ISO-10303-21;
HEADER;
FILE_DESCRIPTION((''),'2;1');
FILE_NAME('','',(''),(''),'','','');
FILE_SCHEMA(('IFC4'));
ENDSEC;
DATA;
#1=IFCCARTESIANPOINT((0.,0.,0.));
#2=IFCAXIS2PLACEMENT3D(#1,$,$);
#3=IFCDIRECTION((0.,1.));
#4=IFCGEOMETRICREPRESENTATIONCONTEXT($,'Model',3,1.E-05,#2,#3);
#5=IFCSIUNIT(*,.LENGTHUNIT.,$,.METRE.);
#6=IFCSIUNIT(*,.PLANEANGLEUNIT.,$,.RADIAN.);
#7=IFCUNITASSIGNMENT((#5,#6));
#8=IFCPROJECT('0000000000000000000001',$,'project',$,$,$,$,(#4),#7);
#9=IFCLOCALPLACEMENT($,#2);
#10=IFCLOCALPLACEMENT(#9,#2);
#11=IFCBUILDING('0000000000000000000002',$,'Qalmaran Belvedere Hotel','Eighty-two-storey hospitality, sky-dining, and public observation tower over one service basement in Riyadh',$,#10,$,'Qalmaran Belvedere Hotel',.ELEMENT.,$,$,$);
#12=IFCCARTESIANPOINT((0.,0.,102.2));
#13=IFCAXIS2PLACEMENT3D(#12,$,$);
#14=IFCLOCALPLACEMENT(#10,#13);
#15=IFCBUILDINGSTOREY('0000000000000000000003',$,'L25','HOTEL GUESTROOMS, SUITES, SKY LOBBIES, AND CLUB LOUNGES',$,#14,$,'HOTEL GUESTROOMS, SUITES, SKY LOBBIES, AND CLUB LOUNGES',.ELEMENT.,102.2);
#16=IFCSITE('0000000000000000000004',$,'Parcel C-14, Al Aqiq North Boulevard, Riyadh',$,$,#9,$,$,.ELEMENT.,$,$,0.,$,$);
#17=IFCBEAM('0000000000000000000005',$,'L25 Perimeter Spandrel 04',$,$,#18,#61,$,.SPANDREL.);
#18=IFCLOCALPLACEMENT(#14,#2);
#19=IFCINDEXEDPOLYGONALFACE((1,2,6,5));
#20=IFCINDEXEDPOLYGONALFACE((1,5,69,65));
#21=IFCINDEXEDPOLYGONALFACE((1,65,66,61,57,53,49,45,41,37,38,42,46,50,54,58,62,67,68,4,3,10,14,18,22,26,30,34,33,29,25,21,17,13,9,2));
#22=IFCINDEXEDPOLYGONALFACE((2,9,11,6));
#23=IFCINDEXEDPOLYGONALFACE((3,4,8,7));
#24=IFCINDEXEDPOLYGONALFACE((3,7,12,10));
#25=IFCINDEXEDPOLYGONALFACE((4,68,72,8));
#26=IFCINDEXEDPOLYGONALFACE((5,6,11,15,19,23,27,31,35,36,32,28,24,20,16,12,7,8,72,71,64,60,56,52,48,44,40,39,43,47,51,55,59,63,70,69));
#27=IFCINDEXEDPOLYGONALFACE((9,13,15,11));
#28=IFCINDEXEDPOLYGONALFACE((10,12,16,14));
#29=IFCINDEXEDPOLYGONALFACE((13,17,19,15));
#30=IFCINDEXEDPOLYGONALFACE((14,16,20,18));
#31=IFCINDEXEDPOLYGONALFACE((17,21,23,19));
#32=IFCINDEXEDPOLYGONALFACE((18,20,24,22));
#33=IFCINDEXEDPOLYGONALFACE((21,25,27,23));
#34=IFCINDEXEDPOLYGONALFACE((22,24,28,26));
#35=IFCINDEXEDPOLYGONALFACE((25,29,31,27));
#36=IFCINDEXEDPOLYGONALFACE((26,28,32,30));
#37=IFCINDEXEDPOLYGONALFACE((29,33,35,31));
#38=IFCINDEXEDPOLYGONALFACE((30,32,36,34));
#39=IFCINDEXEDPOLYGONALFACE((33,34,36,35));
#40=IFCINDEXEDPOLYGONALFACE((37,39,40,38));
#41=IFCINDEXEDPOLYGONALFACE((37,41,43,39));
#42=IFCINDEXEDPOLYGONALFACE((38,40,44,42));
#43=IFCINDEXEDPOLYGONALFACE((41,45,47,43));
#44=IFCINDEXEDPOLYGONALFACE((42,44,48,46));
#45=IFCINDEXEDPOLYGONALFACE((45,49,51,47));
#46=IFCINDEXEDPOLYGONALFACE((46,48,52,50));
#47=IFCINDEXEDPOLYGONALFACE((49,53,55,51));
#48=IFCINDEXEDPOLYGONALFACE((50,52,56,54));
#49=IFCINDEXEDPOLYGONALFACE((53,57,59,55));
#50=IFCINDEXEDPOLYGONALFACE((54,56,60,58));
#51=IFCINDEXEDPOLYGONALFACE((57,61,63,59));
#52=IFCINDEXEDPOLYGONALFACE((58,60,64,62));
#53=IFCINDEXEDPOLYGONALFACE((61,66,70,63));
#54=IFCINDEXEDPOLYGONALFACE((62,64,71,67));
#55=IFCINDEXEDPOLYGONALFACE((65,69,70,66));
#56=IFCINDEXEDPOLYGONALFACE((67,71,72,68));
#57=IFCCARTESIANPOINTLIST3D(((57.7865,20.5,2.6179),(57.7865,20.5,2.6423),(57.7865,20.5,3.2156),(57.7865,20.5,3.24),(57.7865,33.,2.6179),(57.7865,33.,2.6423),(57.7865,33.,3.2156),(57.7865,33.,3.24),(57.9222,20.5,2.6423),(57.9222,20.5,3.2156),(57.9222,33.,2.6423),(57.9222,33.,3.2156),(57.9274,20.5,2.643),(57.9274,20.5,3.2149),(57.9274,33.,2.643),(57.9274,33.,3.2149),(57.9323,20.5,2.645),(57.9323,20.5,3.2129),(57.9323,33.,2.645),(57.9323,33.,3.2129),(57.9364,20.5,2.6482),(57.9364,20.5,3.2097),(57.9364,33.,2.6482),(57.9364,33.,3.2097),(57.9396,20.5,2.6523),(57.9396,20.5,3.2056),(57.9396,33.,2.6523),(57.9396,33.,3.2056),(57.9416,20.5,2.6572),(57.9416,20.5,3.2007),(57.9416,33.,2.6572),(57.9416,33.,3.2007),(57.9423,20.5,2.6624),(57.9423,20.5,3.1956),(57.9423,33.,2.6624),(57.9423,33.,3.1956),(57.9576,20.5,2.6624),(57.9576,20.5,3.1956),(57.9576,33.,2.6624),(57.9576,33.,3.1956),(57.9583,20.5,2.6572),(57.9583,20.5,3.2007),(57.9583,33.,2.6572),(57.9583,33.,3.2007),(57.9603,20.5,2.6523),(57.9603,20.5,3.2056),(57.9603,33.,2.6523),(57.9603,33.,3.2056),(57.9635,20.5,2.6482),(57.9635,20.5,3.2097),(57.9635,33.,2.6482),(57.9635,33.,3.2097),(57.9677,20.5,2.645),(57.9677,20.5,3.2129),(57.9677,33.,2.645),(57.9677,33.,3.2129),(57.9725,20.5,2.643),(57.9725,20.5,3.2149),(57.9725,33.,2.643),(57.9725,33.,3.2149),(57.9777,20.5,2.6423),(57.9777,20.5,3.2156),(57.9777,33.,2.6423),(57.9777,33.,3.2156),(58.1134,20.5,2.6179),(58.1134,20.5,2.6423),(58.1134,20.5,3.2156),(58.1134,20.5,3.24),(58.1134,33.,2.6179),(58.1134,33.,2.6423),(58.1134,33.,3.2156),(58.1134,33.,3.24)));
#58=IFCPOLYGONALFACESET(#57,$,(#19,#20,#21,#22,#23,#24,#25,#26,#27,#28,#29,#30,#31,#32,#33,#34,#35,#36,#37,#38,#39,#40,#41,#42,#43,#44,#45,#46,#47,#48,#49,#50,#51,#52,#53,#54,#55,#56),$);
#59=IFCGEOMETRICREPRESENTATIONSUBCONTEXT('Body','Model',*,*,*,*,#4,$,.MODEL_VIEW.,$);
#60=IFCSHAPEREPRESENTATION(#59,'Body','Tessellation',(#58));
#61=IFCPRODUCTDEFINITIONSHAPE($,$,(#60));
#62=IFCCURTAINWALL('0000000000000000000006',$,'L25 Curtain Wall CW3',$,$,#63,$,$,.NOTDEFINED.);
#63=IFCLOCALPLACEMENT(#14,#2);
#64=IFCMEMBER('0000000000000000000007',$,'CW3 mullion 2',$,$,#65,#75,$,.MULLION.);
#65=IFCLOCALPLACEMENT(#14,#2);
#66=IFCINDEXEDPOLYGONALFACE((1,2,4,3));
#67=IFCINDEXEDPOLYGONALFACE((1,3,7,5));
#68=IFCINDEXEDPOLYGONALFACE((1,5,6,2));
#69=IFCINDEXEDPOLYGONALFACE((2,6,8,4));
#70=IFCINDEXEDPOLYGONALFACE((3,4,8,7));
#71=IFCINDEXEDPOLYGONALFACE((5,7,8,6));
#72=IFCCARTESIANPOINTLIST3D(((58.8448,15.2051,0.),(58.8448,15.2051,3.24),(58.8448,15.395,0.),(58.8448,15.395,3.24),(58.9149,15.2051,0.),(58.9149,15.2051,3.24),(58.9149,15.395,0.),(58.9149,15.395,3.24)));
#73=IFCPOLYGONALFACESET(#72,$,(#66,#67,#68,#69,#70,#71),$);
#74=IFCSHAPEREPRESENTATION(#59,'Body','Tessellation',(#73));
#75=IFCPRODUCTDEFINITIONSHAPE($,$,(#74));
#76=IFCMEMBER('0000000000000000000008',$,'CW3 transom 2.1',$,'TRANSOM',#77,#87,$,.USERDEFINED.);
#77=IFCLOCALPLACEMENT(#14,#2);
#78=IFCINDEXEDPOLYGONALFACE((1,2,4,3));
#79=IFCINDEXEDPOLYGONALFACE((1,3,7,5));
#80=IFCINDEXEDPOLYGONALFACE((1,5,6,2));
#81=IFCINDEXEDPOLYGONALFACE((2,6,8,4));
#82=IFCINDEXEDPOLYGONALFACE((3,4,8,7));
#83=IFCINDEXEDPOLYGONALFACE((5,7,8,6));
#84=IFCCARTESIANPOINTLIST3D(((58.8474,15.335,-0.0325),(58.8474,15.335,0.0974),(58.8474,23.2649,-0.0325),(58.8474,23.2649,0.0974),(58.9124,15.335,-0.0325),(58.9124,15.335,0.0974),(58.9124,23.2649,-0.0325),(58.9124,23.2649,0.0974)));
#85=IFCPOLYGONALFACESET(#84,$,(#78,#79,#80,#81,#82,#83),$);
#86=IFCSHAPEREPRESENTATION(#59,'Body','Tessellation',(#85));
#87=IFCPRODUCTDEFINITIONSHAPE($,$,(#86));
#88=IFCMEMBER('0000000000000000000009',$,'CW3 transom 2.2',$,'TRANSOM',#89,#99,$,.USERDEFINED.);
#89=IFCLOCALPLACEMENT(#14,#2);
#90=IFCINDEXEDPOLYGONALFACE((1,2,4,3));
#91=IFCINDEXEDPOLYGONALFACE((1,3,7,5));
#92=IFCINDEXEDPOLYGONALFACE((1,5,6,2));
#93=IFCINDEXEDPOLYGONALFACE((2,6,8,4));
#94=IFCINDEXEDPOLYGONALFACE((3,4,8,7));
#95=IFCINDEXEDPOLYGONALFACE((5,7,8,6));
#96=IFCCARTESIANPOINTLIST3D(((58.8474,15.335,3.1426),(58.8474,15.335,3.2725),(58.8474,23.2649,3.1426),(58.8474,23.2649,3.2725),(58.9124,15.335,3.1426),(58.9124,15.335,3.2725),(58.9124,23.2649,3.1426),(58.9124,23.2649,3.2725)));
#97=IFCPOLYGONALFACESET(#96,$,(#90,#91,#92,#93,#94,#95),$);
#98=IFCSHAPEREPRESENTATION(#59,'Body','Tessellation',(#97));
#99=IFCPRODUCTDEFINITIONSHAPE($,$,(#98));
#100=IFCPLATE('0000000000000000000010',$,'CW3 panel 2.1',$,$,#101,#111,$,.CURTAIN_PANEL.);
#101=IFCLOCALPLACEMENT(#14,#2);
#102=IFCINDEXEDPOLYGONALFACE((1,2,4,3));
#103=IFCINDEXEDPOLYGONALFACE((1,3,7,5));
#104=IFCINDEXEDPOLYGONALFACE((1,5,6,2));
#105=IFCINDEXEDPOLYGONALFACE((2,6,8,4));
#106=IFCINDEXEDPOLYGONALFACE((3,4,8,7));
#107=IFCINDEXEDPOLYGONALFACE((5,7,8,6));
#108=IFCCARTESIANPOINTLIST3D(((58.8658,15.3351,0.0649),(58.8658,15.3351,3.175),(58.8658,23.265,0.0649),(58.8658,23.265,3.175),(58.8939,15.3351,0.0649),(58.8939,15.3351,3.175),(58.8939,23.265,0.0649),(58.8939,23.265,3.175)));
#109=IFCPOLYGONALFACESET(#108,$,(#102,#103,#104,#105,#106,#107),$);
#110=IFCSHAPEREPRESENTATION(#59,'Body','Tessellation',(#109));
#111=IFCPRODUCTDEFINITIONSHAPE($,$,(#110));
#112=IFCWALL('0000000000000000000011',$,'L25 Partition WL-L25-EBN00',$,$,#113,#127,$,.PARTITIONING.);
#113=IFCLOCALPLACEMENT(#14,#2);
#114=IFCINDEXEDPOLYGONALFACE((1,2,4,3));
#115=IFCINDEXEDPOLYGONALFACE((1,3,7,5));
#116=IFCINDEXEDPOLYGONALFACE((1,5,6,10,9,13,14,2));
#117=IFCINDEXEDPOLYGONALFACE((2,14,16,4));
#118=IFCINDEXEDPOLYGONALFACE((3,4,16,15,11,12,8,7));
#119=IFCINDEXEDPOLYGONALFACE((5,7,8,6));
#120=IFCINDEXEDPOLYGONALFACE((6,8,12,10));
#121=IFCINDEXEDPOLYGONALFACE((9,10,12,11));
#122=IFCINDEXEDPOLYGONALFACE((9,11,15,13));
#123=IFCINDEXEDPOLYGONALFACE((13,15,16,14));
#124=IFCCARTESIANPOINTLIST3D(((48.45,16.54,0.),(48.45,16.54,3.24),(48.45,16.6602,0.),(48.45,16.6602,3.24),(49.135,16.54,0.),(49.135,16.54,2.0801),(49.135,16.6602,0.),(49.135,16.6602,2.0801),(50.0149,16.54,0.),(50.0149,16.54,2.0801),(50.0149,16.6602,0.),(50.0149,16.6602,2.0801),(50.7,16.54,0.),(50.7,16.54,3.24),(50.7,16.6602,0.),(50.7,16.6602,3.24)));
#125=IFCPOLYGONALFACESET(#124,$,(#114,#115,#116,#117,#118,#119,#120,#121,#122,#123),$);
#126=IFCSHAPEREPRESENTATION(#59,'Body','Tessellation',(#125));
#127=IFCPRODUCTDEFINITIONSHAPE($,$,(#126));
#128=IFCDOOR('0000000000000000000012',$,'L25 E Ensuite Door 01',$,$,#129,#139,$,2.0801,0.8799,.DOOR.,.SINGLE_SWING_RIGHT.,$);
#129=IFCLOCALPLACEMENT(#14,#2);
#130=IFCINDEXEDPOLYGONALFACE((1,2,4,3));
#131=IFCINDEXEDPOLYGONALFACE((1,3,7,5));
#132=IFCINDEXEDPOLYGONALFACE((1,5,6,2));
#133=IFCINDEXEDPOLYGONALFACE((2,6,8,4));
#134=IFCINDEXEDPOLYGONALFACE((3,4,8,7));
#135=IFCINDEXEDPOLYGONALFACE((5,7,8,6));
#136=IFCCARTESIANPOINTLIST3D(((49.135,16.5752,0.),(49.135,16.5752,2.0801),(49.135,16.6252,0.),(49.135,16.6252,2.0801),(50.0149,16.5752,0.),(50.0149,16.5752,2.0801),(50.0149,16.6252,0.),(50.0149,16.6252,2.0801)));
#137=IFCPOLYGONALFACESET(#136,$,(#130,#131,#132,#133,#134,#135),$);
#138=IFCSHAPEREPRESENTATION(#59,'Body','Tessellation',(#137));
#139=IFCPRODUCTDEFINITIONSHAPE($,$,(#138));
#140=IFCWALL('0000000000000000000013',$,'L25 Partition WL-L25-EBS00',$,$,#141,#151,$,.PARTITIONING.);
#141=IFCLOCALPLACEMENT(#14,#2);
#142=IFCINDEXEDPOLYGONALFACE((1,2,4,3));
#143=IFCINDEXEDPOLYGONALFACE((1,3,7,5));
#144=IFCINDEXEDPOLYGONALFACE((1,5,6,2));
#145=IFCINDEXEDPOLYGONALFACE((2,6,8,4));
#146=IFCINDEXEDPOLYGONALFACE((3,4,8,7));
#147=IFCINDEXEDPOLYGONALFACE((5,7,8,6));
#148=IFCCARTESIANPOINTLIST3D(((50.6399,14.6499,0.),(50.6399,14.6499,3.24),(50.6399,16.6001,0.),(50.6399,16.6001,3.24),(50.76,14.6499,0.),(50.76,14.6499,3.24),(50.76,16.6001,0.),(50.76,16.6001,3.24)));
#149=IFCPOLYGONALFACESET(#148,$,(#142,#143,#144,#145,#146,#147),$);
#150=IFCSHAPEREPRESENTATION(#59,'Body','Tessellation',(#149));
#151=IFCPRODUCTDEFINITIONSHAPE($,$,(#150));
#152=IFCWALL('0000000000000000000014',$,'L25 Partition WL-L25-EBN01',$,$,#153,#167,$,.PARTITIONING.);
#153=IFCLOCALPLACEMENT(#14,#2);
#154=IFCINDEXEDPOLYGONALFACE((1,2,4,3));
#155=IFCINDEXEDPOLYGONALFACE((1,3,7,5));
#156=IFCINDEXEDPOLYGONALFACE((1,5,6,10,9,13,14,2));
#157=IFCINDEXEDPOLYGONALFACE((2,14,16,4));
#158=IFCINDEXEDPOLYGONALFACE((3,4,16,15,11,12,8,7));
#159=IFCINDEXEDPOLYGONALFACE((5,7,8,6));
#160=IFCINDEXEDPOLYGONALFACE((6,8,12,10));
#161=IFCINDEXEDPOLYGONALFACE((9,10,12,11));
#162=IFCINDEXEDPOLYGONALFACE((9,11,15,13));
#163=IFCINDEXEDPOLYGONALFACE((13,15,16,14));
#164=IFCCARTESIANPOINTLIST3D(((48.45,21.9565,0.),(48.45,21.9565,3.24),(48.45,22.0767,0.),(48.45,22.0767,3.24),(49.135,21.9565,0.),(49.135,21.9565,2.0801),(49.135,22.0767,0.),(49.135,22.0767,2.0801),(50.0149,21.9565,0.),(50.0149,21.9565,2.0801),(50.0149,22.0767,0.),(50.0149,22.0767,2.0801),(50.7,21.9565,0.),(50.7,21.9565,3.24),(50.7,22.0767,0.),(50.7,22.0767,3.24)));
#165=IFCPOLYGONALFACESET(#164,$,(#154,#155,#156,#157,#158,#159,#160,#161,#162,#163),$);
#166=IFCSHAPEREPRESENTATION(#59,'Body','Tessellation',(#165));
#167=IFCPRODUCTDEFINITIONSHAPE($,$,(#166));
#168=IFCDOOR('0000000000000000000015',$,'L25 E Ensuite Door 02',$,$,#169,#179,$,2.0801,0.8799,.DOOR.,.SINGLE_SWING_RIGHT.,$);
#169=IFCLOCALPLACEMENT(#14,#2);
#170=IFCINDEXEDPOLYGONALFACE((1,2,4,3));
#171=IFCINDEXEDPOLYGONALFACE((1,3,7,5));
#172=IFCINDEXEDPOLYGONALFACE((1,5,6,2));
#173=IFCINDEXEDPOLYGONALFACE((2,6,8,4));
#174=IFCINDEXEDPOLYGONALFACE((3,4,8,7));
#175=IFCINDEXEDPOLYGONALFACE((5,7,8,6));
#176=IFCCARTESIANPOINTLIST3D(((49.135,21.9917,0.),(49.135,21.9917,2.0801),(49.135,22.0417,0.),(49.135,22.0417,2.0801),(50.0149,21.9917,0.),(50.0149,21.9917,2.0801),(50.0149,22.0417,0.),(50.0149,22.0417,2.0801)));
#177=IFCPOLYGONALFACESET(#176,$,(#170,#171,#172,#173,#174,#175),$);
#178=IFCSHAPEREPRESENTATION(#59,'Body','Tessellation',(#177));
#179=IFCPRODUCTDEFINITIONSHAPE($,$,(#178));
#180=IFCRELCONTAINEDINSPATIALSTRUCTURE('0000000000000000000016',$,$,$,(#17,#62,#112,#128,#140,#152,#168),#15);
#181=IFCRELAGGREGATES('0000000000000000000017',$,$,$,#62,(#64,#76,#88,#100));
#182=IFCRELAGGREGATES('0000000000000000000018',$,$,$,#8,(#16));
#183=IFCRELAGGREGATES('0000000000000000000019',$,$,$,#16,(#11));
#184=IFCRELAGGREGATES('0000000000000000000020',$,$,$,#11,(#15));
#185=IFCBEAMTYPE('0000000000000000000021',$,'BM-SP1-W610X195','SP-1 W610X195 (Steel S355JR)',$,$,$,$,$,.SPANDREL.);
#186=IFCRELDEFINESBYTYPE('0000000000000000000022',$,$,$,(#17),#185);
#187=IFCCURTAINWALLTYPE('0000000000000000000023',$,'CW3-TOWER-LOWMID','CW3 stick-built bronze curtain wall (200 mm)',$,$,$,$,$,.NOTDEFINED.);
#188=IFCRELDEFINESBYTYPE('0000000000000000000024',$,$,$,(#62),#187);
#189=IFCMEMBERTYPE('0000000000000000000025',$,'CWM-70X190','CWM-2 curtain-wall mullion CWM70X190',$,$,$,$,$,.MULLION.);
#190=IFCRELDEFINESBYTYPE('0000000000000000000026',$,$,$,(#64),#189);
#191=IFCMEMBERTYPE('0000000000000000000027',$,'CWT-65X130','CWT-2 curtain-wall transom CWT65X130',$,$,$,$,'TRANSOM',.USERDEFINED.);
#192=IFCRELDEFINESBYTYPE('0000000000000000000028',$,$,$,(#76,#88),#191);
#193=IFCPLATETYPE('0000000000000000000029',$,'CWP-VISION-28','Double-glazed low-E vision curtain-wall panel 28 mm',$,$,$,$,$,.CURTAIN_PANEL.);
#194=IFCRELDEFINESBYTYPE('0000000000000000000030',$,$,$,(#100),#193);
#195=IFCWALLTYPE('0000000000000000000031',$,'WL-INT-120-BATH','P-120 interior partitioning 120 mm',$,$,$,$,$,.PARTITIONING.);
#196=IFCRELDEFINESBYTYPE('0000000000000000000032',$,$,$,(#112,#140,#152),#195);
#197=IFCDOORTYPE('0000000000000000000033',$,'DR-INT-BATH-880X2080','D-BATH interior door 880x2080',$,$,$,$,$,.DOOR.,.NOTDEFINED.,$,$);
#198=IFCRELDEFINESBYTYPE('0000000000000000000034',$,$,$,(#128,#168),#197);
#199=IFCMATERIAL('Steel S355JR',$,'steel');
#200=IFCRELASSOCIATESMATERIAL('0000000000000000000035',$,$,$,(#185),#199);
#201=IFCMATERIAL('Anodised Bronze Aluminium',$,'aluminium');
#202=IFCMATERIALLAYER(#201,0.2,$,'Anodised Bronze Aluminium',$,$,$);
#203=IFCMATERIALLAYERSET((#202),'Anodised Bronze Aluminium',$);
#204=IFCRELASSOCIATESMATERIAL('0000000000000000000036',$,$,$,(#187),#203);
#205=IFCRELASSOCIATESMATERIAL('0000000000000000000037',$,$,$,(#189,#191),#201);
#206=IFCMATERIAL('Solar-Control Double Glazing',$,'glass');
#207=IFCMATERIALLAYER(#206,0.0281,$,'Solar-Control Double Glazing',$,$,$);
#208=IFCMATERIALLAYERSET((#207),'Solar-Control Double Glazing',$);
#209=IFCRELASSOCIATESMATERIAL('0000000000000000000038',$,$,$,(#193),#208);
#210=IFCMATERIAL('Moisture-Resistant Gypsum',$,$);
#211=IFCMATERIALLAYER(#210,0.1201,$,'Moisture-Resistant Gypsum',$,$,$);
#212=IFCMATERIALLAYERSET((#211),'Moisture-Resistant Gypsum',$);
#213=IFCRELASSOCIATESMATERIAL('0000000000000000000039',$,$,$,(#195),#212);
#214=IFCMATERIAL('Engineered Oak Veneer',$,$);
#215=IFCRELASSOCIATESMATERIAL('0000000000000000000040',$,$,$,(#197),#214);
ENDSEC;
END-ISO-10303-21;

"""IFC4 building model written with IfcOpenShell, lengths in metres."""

from ifc_helpers import new_model, si_unit, direction, frame, frame_2d, origin, origin_2d, place, context, subcontext, project, spatial, rectangle, i_section, extrude, material, layer, layer_set, material_profile, profile_set, type_object, element, fill, aggregate, save


model = new_model("IFC4")

# Units and contexts
model_context = context("Model", 3, precision=1e-05, world=origin(), true_north=direction((0.0, 1.0)))
body_context = subcontext(model_context, "Body", "Model", "MODEL_VIEW")
ifc_project = project(units=[si_unit("LENGTHUNIT", "METRE"), si_unit("PLANEANGLEUNIT", "RADIAN")], contexts=[model_context])

# Site, building, storey
site_placement = place(None, origin())
site = spatial("IfcSite", under=ifc_project, at=site_placement, Name="Parcel C-14, Al Aqiq North Boulevard, Riyadh", CompositionType="ELEMENT", RefElevation=0.0)
building_placement = place(site_placement, origin())
building = spatial("IfcBuilding", under=site, at=building_placement, Name="Qalmaran Belvedere Hotel", Description="Eighty-two-storey hospitality, sky-dining, and public observation tower over one service basement in Riyadh", LongName="Qalmaran Belvedere Hotel", CompositionType="ELEMENT")
storey_placement = place(building_placement, frame((0.0, 0.0, 102.2)))
storey = spatial("IfcBuildingStorey", under=building, at=storey_placement, Name="L25", Description="HOTEL GUESTROOMS, SUITES, SKY LOBBIES, AND CLUB LOUNGES", LongName="HOTEL GUESTROOMS, SUITES, SKY LOBBIES, AND CLUB LOUNGES", CompositionType="ELEMENT", Elevation=102.2)

# Beam
ifc_material_1 = material(Name="Steel S355JR", Category="steel")
ifc_material_profile_1 = material_profile(ifc_material_1, i_section(OverallWidth=0.3269, OverallDepth=0.6221, WebThickness=0.0154, FlangeThickness=0.0244, FilletRadius=0.02, at=origin_2d()), Name="W610X195")
ifc_profile_set_1 = profile_set([ifc_material_profile_1], Name="Steel S355JR")
beam_type_1 = type_object("IfcBeamType", Name="BM-SP1-W610X195", Description="SP-1 W610X195 (Steel S355JR)", PredefinedType="SPANDREL", material=ifc_profile_set_1)
beam_1_placement = place(storey_placement, frame((57.95, 20.5, 2.929), z_axis=(0.0, 1.0, 0.0), x_axis=(-1.0, 0.0, 0.0)))
element("IfcBeam", 1, at=beam_1_placement, inside=storey, type_object=beam_type_1, Name="L25 Perimeter Spandrel 04", PredefinedType="SPANDREL", context=body_context, shape_type="SweptSolid", body=[
    extrude(i_section(OverallWidth=0.3269, OverallDepth=0.6221, WebThickness=0.0154, FlangeThickness=0.0244, FilletRadius=0.02, at=origin_2d()), origin(), (0.0, 0.0, 1.0), 12.5),
])

# Curtain wall, members, plate
ifc_material_2 = material(Name="Anodised Bronze Aluminium", Category="aluminium")
ifc_layer_1 = layer(ifc_material_2, 0.2, Name="Anodised Bronze Aluminium")
ifc_layer_set_1 = layer_set([ifc_layer_1], Name="Anodised Bronze Aluminium")
curtain_wall_type = type_object("IfcCurtainWallType", Name="CW3-TOWER-LOWMID", Description="CW3 stick-built bronze curtain wall (200 mm)", PredefinedType="NOTDEFINED", material=ifc_layer_set_1)
curtain_wall_placement = place(storey_placement, origin())
curtain_wall = element("IfcCurtainWall", 2, at=curtain_wall_placement, inside=storey, type_object=curtain_wall_type, Name="L25 Curtain Wall CW3", PredefinedType="NOTDEFINED")
ifc_material_profile_2 = material_profile(ifc_material_2, rectangle(XDim=0.0701, YDim=0.1899, at=origin_2d()), Name="CWM70X190")
ifc_profile_set_2 = profile_set([ifc_material_profile_2], Name="Anodised Bronze Aluminium")
member_type_1 = type_object("IfcMemberType", Name="CWM-70X190", Description="CWM-2 curtain-wall mullion CWM70X190", PredefinedType="MULLION", material=ifc_profile_set_2)
member_1_placement = place(storey_placement, frame((58.8799, 15.3, 0.0), z_axis=(0.0, 0.0, 1.0), x_axis=(-1.0, 0.0, 0.0)))
member_1 = element("IfcMember", 3, at=member_1_placement, type_object=member_type_1, Name="CW3 mullion 2", PredefinedType="MULLION", context=body_context, shape_type="SweptSolid", body=[
    extrude(rectangle(XDim=0.0701, YDim=0.1899, at=origin_2d()), origin(), (0.0, 0.0, 1.0), 3.24),
])
ifc_material_profile_3 = material_profile(ifc_material_2, rectangle(XDim=0.0649, YDim=0.1299, at=origin_2d()), Name="CWT65X130")
ifc_profile_set_3 = profile_set([ifc_material_profile_3], Name="Anodised Bronze Aluminium")
member_type_2 = type_object("IfcMemberType", Name="CWT-65X130", Description="CWT-2 curtain-wall transom CWT65X130", ElementType="TRANSOM", PredefinedType="USERDEFINED", material=ifc_profile_set_3)
member_2_placement = place(storey_placement, frame((58.8799, 15.335, 0.0325), z_axis=(0.0, 1.0, 0.0), x_axis=(-1.0, 0.0, 0.0)))
member_2 = element("IfcMember", 4, at=member_2_placement, type_object=member_type_2, Name="CW3 transom 2.1", ObjectType="TRANSOM", PredefinedType="USERDEFINED", context=body_context, shape_type="SweptSolid", body=[
    extrude(rectangle(XDim=0.0649, YDim=0.1299, at=origin_2d()), origin(), (0.0, 0.0, 1.0), 7.9299),
])
member_3_placement = place(storey_placement, frame((58.8799, 15.335, 3.2075), z_axis=(0.0, 1.0, 0.0), x_axis=(-1.0, 0.0, 0.0)))
member_3 = element("IfcMember", 5, at=member_3_placement, type_object=member_type_2, Name="CW3 transom 2.2", ObjectType="TRANSOM", PredefinedType="USERDEFINED", context=body_context, shape_type="SweptSolid", body=[
    extrude(rectangle(XDim=0.0649, YDim=0.1299, at=origin_2d()), origin(), (0.0, 0.0, 1.0), 7.9299),
])
ifc_material_3 = material(Name="Solar-Control Double Glazing", Category="glass")
ifc_layer_2 = layer(ifc_material_3, 0.0281, Name="Solar-Control Double Glazing")
ifc_layer_set_2 = layer_set([ifc_layer_2], Name="Solar-Control Double Glazing")
plate_type = type_object("IfcPlateType", Name="CWP-VISION-28", Description="Double-glazed low-E vision curtain-wall panel 28 mm", PredefinedType="CURTAIN_PANEL", material=ifc_layer_set_2)
plate_placement = place(storey_placement, frame((58.8799, 19.3, 0.0649), z_axis=(0.0, 0.0, 1.0), x_axis=(0.0, 1.0, 0.0)))
plate = element("IfcPlate", 6, at=plate_placement, type_object=plate_type, Name="CW3 panel 2.1", PredefinedType="CURTAIN_PANEL", context=body_context, shape_type="SweptSolid", body=[
    extrude(rectangle(XDim=7.9299, YDim=0.0281, at=origin_2d()), origin(), (0.0, 0.0, 1.0), 3.1101),
])
aggregate(curtain_wall, [member_1, member_2, member_3, plate])

# Wall, opening, door
ifc_material_4 = material(Name="Moisture-Resistant Gypsum")
ifc_layer_3 = layer(ifc_material_4, 0.1201, Name="Moisture-Resistant Gypsum")
ifc_layer_set_3 = layer_set([ifc_layer_3], Name="Moisture-Resistant Gypsum")
wall_type_1 = type_object("IfcWallType", Name="WL-INT-120-BATH", Description="P-120 interior partitioning 120 mm", PredefinedType="PARTITIONING", material=ifc_layer_set_3)
wall_1_placement = place(storey_placement, frame((48.45, 16.6001, 0.0), z_axis=(0.0, 0.0, 1.0), x_axis=(1.0, 0.0, 0.0)))
wall_1 = element("IfcWall", 7, at=wall_1_placement, inside=storey, type_object=wall_type_1, Name="L25 Partition WL-L25-EBN00", PredefinedType="PARTITIONING", context=body_context, shape_type="SweptSolid", body=[
    extrude(rectangle(XDim=2.25, YDim=0.1201, at=frame_2d((1.125, 0.0))), origin(), (0.0, 0.0, 1.0), 3.24),
])
opening_1_placement = place(wall_1_placement, frame((1.5649, 0.0, 0.0), z_axis=(0.0, 0.0, 1.0), x_axis=(-1.0, 0.0, 0.0)))
opening_1 = element("IfcOpeningElement", 8, at=opening_1_placement, cuts=wall_1, PredefinedType="OPENING", context=body_context, shape_type="SweptSolid", body=[
    extrude(rectangle(XDim=0.8799, YDim=2.0801, at=frame_2d((0.4399, 1.04))), frame((0.0, 0.0701, 0.0), z_axis=(0.0, -1.0, 0.0), x_axis=(1.0, 0.0, 0.0)), (0.0, 0.0, 1.0), 0.1401),
])
ifc_material_5 = material(Name="Engineered Oak Veneer")
door_type_1 = type_object("IfcDoorType", Name="DR-INT-BATH-880X2080", Description="D-BATH interior door 880x2080", OperationType="NOTDEFINED", PredefinedType="DOOR", material=ifc_material_5)
door_1_placement = place(opening_1_placement, origin())
door_1 = element("IfcDoor", 9, at=door_1_placement, inside=storey, type_object=door_type_1, Name="L25 E Ensuite Door 01", OperationType="SINGLE_SWING_RIGHT", OverallHeight=2.0801, OverallWidth=0.8799, PredefinedType="DOOR", context=body_context, shape_type="SweptSolid", body=[
    extrude(rectangle(XDim=0.8799, YDim=2.0801, at=frame_2d((0.4399, 1.04))), frame((0.0, 0.0249, 0.0), z_axis=(0.0, -1.0, 0.0), x_axis=(1.0, 0.0, 0.0)), (0.0, 0.0, 1.0), 0.05),
])
fill(opening_1, door_1)

# Wall
wall_2_placement = place(storey_placement, frame((50.7, 14.6499, 0.0), z_axis=(0.0, 0.0, 1.0), x_axis=(0.0, 1.0, 0.0)))
element("IfcWall", 10, at=wall_2_placement, inside=storey, type_object=wall_type_1, Name="L25 Partition WL-L25-EBS00", PredefinedType="PARTITIONING", context=body_context, shape_type="SweptSolid", body=[
    extrude(rectangle(XDim=1.9502, YDim=0.1201, at=frame_2d((0.9751, 0.0))), origin(), (0.0, 0.0, 1.0), 3.24),
])

# Wall, opening, door
wall_3_placement = place(storey_placement, frame((48.45, 22.0166, 0.0), z_axis=(0.0, 0.0, 1.0), x_axis=(1.0, 0.0, 0.0)))
wall_3 = element("IfcWall", 11, at=wall_3_placement, inside=storey, type_object=wall_type_1, Name="L25 Partition WL-L25-EBN01", PredefinedType="PARTITIONING", context=body_context, shape_type="SweptSolid", body=[
    extrude(rectangle(XDim=2.25, YDim=0.1201, at=frame_2d((1.125, 0.0))), origin(), (0.0, 0.0, 1.0), 3.24),
])
opening_2_placement = place(wall_3_placement, frame((1.5649, 0.0, 0.0), z_axis=(0.0, 0.0, 1.0), x_axis=(-1.0, 0.0, 0.0)))
opening_2 = element("IfcOpeningElement", 12, at=opening_2_placement, cuts=wall_3, PredefinedType="OPENING", context=body_context, shape_type="SweptSolid", body=[
    extrude(rectangle(XDim=0.8799, YDim=2.0801, at=frame_2d((0.4399, 1.04))), frame((0.0, 0.0701, 0.0), z_axis=(0.0, -1.0, 0.0), x_axis=(1.0, 0.0, 0.0)), (0.0, 0.0, 1.0), 0.1401),
])
door_2_placement = place(opening_2_placement, origin())
door_2 = element("IfcDoor", 13, at=door_2_placement, inside=storey, type_object=door_type_1, Name="L25 E Ensuite Door 02", OperationType="SINGLE_SWING_RIGHT", OverallHeight=2.0801, OverallWidth=0.8799, PredefinedType="DOOR", context=body_context, shape_type="SweptSolid", body=[
    extrude(rectangle(XDim=0.8799, YDim=2.0801, at=frame_2d((0.4399, 1.04))), frame((0.0, 0.0249, 0.0), z_axis=(0.0, -1.0, 0.0), x_axis=(1.0, 0.0, 0.0)), (0.0, 0.0, 1.0), 0.05),
])
fill(opening_2, door_2)

save(model, "model.ifc")
